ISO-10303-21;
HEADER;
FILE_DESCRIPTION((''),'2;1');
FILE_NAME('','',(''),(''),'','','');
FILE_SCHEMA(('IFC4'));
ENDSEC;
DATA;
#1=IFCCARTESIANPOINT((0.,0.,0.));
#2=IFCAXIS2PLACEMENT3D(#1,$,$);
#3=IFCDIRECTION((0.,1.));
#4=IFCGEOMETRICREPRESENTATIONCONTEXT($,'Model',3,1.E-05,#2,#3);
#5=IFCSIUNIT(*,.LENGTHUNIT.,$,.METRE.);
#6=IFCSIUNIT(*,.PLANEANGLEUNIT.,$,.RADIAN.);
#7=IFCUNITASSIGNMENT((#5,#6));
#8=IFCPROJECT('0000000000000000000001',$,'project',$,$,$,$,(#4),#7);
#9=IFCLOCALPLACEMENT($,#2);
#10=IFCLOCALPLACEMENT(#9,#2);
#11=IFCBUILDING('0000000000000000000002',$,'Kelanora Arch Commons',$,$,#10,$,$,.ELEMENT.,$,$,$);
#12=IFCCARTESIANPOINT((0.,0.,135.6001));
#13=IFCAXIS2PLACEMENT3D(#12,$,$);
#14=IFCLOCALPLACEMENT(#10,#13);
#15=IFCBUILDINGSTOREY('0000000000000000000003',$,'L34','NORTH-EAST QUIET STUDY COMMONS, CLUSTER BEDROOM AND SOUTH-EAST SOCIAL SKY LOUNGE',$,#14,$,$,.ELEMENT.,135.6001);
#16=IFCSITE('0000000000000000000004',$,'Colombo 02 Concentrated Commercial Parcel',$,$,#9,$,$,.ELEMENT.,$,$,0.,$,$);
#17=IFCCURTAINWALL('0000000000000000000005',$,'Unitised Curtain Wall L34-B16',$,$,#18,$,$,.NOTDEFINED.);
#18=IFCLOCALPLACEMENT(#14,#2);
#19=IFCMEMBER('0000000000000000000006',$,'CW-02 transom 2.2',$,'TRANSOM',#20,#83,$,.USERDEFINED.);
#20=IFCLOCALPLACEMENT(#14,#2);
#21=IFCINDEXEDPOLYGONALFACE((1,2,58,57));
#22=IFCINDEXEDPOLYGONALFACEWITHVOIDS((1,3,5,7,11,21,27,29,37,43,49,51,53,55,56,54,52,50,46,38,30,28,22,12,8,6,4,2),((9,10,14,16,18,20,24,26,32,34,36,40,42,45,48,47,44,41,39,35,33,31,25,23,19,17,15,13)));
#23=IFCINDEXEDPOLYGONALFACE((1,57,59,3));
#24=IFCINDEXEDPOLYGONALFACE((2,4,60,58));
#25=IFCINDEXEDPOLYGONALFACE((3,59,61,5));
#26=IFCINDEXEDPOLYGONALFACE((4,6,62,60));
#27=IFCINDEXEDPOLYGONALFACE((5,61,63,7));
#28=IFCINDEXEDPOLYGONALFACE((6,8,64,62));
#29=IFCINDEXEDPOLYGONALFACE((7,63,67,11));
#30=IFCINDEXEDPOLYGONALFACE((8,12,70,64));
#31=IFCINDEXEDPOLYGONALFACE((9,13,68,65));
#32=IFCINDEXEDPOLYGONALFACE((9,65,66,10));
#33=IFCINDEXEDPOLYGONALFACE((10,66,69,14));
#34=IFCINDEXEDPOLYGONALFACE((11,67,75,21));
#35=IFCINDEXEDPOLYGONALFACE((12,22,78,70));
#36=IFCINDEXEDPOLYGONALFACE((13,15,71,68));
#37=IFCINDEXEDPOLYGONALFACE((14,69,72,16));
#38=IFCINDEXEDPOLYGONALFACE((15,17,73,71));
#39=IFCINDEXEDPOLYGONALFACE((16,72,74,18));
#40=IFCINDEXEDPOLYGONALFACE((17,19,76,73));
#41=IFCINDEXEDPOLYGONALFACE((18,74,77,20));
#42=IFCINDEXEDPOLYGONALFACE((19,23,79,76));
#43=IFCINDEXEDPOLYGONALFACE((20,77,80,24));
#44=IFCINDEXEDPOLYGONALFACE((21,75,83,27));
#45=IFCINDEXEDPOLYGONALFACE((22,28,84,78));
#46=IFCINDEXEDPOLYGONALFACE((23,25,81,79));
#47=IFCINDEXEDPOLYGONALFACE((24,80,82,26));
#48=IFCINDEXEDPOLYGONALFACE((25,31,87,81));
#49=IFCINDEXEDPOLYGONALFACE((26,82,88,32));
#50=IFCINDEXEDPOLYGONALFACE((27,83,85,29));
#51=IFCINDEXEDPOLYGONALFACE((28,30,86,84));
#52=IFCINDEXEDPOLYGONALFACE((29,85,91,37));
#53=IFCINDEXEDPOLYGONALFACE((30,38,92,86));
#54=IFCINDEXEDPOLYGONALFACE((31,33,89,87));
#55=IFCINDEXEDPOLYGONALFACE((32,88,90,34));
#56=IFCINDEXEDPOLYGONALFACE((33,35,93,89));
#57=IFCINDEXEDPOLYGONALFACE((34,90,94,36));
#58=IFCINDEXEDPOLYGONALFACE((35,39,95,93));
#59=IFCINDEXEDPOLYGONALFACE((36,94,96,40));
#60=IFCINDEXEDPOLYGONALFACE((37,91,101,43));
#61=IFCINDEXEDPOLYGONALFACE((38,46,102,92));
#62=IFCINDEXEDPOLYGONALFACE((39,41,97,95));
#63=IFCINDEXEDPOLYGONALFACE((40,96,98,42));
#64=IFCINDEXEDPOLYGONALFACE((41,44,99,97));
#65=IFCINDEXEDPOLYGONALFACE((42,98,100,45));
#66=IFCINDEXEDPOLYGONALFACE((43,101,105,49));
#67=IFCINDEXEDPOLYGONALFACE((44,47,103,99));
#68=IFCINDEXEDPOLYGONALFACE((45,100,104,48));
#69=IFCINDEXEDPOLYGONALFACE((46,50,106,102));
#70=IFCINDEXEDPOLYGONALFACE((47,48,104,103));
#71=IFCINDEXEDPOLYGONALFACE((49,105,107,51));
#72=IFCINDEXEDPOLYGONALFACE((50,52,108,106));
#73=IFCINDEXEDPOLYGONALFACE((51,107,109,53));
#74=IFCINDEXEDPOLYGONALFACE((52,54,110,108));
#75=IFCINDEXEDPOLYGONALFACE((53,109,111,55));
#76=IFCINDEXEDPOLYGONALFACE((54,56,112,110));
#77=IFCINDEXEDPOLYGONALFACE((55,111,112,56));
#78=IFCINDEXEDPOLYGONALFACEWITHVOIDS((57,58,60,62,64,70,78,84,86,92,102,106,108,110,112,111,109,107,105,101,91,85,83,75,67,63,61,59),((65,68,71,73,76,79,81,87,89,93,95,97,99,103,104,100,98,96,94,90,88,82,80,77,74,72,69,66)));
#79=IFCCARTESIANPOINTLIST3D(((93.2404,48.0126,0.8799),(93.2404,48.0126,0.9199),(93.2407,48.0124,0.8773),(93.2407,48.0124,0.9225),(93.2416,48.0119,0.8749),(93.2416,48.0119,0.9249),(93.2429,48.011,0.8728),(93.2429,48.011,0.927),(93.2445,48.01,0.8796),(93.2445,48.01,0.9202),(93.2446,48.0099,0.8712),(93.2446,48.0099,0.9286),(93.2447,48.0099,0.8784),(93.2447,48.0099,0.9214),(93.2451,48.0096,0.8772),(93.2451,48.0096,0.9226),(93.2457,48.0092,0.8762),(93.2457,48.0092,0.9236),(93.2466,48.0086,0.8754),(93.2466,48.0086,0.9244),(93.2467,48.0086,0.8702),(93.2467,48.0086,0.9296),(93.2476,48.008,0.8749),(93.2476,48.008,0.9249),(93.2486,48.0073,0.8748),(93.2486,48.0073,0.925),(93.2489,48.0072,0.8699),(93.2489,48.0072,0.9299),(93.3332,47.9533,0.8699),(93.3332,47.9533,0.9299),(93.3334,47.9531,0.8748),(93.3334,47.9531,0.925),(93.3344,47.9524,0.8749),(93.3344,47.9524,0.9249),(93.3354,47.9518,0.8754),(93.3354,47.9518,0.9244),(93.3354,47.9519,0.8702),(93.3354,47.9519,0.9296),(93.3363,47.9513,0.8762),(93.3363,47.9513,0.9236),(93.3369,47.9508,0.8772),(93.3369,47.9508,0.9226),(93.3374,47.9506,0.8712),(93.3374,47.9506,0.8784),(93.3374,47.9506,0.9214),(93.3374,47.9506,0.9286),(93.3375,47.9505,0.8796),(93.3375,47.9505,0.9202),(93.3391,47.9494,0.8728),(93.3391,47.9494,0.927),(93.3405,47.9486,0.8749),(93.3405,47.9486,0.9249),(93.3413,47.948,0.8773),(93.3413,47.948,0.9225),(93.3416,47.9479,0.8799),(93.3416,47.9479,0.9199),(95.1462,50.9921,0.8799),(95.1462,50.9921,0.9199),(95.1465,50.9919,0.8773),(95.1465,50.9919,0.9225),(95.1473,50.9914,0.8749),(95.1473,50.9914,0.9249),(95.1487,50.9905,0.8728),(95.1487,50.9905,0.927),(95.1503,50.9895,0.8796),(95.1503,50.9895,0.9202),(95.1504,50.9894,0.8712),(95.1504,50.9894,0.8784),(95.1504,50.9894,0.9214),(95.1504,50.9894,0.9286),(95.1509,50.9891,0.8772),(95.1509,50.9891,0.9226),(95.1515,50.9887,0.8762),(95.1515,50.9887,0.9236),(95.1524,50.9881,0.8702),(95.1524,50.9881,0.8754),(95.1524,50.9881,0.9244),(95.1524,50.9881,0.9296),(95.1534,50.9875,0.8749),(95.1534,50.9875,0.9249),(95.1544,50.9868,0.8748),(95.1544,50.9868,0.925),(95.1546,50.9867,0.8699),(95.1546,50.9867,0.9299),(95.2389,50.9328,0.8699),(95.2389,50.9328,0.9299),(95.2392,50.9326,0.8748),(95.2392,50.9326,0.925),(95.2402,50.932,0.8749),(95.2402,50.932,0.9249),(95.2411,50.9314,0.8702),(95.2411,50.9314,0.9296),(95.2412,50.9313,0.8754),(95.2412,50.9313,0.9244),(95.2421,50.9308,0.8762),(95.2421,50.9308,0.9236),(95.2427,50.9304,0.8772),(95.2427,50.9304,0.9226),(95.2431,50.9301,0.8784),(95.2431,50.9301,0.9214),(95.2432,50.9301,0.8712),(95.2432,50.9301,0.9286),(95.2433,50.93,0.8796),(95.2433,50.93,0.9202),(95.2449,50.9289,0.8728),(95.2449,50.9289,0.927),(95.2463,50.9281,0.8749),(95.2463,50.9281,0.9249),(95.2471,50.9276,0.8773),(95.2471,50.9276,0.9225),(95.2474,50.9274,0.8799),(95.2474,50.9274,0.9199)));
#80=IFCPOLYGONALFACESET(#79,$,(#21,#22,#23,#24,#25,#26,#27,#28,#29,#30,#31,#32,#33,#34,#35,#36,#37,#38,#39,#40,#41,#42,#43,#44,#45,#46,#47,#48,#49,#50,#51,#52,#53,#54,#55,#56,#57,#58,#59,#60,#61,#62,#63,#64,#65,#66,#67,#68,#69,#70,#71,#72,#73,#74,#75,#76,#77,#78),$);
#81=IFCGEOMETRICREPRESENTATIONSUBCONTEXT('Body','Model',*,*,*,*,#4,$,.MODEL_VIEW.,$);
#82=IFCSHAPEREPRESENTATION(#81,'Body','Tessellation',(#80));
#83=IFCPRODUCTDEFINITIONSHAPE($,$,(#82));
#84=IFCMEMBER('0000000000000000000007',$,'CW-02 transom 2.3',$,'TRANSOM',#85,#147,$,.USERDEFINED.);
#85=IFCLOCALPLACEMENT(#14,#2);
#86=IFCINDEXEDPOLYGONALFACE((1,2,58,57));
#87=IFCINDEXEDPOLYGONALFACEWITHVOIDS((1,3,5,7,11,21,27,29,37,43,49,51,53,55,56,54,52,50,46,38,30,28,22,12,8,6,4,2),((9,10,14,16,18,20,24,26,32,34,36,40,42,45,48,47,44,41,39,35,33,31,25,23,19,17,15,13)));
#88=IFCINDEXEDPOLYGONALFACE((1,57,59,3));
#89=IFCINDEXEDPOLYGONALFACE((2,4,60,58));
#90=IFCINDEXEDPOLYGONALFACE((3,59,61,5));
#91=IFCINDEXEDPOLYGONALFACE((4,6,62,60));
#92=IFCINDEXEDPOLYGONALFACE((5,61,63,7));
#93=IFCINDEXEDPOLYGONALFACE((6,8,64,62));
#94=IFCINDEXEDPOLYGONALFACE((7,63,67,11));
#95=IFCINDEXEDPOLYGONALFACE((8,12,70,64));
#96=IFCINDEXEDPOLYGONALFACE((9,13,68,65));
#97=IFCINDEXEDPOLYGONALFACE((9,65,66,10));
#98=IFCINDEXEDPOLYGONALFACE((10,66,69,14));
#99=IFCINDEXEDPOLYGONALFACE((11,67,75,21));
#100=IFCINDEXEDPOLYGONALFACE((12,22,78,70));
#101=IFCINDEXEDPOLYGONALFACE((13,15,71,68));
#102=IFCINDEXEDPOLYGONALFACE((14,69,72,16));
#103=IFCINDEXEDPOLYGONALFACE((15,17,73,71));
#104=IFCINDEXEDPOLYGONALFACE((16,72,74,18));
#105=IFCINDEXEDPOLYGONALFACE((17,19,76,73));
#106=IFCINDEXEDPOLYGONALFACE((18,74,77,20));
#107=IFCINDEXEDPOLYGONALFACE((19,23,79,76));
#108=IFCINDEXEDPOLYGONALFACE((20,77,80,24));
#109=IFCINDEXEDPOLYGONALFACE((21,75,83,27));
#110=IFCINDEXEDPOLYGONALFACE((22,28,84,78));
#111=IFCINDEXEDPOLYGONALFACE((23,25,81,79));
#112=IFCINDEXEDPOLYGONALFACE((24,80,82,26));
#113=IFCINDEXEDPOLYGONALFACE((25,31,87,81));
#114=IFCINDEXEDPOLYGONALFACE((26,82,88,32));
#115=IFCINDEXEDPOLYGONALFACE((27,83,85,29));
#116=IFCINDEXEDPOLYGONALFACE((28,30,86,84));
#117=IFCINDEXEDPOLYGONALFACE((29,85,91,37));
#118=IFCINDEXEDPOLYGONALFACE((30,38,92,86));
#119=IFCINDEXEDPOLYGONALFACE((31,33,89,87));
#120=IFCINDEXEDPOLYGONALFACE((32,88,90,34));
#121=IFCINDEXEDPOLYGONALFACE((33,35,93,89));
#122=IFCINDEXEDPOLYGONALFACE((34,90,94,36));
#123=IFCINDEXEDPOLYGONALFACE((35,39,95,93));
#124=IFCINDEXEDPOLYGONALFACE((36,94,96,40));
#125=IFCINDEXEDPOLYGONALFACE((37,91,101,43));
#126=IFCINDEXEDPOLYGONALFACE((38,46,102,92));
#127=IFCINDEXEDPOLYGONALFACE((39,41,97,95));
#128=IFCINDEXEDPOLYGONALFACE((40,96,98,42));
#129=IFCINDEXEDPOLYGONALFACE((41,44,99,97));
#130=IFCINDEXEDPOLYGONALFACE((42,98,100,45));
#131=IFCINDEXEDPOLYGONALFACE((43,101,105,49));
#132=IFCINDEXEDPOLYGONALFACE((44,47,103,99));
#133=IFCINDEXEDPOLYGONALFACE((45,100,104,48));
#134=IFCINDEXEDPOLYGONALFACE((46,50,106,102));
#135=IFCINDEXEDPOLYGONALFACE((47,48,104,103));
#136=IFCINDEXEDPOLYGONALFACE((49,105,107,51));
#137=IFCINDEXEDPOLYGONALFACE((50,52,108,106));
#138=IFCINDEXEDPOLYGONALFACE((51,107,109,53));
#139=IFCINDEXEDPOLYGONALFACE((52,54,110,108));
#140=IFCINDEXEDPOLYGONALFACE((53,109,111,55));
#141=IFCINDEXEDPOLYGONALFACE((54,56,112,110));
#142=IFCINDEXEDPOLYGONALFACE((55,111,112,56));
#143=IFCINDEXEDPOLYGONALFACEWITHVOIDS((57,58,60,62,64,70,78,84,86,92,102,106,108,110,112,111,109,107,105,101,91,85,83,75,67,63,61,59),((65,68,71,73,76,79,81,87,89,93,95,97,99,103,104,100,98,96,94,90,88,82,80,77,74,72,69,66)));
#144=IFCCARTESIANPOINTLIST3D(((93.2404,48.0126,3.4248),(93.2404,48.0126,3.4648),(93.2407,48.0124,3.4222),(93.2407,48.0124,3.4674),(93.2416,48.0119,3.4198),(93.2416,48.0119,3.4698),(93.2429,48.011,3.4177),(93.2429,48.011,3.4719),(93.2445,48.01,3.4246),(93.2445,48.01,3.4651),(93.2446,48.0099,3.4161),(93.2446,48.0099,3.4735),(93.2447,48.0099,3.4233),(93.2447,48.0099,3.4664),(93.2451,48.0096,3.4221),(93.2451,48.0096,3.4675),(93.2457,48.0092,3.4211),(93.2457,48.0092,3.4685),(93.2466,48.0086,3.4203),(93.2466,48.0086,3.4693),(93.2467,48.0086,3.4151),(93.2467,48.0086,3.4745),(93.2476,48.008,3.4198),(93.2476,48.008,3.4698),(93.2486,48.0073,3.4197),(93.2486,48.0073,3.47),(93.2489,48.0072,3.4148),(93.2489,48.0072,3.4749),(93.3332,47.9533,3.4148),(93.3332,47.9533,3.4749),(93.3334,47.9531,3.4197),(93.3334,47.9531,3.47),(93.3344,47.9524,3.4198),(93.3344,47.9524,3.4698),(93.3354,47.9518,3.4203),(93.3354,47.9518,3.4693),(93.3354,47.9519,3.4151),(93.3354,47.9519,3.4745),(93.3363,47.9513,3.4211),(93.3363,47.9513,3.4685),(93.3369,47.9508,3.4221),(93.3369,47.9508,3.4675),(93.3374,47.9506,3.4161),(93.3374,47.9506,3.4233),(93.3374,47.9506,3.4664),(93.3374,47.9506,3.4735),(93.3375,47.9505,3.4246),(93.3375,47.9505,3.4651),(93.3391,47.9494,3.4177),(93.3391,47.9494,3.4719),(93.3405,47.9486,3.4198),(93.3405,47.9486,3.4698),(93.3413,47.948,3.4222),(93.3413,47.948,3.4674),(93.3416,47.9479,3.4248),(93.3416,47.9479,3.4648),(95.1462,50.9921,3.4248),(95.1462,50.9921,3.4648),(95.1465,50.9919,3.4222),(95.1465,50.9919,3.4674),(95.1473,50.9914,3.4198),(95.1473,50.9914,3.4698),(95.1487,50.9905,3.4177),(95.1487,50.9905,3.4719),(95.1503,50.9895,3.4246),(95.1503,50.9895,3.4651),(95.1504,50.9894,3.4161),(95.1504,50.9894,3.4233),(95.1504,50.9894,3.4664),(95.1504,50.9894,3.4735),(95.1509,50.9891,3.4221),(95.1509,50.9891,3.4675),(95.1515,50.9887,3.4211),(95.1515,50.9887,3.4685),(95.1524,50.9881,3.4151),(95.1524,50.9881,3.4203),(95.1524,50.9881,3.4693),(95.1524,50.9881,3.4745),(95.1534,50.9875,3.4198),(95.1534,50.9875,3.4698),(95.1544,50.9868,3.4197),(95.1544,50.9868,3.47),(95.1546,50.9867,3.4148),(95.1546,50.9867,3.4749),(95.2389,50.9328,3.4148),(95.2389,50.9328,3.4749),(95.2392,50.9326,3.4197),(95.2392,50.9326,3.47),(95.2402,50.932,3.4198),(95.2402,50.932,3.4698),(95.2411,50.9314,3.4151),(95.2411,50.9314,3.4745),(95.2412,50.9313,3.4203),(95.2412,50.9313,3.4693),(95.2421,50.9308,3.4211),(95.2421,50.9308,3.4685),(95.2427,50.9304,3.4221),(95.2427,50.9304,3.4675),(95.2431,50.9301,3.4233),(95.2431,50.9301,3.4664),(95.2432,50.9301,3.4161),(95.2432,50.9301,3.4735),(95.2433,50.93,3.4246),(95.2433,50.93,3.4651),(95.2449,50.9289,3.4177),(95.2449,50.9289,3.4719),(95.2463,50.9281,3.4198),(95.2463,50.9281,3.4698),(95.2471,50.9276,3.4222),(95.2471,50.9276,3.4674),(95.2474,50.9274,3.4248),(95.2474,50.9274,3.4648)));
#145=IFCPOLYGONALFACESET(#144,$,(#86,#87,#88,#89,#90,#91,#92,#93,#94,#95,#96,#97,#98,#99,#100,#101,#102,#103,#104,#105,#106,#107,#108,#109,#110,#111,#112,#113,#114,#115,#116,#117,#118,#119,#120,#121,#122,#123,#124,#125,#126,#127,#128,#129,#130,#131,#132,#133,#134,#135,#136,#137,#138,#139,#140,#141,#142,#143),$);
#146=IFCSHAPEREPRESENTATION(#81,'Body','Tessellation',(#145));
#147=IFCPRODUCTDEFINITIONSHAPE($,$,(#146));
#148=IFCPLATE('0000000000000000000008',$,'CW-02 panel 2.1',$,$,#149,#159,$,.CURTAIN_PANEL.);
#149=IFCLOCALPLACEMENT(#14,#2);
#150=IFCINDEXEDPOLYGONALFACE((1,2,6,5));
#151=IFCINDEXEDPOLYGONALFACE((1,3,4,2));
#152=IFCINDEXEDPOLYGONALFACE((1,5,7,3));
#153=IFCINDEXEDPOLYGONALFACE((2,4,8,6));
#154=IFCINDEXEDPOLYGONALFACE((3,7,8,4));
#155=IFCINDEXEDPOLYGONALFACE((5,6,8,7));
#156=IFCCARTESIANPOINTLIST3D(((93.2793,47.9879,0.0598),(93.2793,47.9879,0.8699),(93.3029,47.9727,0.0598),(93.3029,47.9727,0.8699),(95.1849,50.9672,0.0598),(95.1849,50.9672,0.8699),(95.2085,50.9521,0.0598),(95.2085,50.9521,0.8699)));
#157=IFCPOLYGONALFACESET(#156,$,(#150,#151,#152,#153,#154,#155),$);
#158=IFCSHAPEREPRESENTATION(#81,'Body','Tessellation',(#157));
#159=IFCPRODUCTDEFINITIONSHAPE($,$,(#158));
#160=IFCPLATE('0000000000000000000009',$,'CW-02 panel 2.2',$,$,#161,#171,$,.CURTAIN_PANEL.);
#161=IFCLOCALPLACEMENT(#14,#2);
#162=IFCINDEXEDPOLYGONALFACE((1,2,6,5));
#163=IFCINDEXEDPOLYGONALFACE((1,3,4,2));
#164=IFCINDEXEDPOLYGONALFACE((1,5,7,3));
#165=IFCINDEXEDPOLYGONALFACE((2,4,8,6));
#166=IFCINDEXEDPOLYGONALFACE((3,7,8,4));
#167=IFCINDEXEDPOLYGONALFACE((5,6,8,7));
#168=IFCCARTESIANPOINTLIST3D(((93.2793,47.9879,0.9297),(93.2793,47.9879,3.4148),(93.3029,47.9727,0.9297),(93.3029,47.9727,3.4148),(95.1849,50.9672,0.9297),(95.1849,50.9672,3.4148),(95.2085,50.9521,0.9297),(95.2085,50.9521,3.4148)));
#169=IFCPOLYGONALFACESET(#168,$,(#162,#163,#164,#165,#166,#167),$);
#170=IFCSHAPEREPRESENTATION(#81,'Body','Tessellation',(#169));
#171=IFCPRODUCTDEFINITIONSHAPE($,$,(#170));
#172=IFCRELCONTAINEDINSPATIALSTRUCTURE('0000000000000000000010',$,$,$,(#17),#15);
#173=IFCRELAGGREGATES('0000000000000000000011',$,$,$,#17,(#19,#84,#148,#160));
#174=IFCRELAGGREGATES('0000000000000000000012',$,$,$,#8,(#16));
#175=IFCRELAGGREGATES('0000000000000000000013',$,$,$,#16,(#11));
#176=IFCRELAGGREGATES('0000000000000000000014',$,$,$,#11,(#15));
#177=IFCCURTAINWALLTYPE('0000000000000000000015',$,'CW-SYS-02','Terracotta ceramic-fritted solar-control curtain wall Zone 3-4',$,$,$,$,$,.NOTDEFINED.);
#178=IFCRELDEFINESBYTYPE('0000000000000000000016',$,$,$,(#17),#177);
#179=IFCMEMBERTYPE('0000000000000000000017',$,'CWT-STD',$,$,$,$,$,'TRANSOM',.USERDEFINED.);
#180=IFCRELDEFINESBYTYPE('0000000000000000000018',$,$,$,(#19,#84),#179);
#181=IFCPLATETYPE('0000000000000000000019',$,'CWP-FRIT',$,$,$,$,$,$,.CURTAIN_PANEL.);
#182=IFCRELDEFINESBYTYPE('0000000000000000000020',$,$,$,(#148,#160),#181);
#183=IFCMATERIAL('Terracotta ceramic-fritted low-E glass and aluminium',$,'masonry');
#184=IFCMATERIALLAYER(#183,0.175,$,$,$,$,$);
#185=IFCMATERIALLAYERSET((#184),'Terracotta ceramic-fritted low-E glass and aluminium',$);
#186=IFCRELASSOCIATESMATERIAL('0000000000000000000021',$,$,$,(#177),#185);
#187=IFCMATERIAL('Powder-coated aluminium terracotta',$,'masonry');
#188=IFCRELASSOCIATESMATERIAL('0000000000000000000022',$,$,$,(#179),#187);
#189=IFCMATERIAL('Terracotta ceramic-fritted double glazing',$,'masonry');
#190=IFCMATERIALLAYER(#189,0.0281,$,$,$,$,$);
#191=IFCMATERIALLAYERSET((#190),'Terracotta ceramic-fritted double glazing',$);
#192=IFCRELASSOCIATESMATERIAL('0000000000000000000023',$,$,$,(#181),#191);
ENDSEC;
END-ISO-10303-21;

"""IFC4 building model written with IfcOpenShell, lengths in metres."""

from ifc_helpers import new_model, si_unit, direction, frame, origin, origin_2d, place, context, subcontext, project, spatial, rectangle, hollow_rectangle, extrude, source, transform, mapped, material, layer, layer_set, material_profile, profile_set, type_object, element, aggregate, save


model = new_model("IFC4")

# Units and contexts
model_context = context("Model", 3, precision=1e-05, world=origin(), true_north=direction((0.0, 1.0)))
body_context = subcontext(model_context, "Body", "Model", "MODEL_VIEW")
ifc_project = project(units=[si_unit("LENGTHUNIT", "METRE"), si_unit("PLANEANGLEUNIT", "RADIAN")], contexts=[model_context])

# Site, building, storey
site_placement = place(None, origin())
site = spatial("IfcSite", under=ifc_project, at=site_placement, Name="Colombo 02 Concentrated Commercial Parcel", CompositionType="ELEMENT", RefElevation=0.0)
building_placement = place(site_placement, origin())
building = spatial("IfcBuilding", under=site, at=building_placement, Name="Kelanora Arch Commons", CompositionType="ELEMENT")
storey_placement = place(building_placement, frame((0.0, 0.0, 135.6001)))
storey = spatial("IfcBuildingStorey", under=building, at=storey_placement, Name="L34", Description="NORTH-EAST QUIET STUDY COMMONS, CLUSTER BEDROOM AND SOUTH-EAST SOCIAL SKY LOUNGE", CompositionType="ELEMENT", Elevation=135.6001)

# Curtain wall, members, plates
ifc_material_1 = material(Name="Terracotta ceramic-fritted low-E glass and aluminium", Category="masonry")
ifc_layer_1 = layer(ifc_material_1, 0.175)
ifc_layer_set_1 = layer_set([ifc_layer_1], Name="Terracotta ceramic-fritted low-E glass and aluminium")
curtain_wall_type = type_object("IfcCurtainWallType", Name="CW-SYS-02", Description="Terracotta ceramic-fritted solar-control curtain wall Zone 3-4", PredefinedType="NOTDEFINED", material=ifc_layer_set_1)
curtain_wall_placement = place(storey_placement, origin())
curtain_wall = element("IfcCurtainWall", 1, at=curtain_wall_placement, inside=storey, type_object=curtain_wall_type, Name="Unitised Curtain Wall L34-B16", PredefinedType="NOTDEFINED")
ifc_material_2 = material(Name="Powder-coated aluminium terracotta", Category="masonry")
ifc_material_profile_1 = material_profile(ifc_material_2, hollow_rectangle(XDim=0.1201, YDim=0.0601, WallThickness=0.0049, InnerFilletRadius=0.0049, OuterFilletRadius=0.01, at=origin_2d()), Name="CWT120x60")
ifc_profile_set_1 = profile_set([ifc_material_profile_1], Name="Powder-coated aluminium terracotta")
member_type_1 = type_object("IfcMemberType", Name="CWT-STD", ElementType="TRANSOM", PredefinedType="USERDEFINED", material=ifc_profile_set_1)
member_1_placement = place(storey_placement, frame((93.291, 47.9802, 0.8999), z_axis=(0.53883, 0.842414, 0.0), x_axis=(-0.842414, 0.53883, 0.0)))
member_1 = element("IfcMember", 2, at=member_1_placement, type_object=member_type_1, Name="CW-02 transom 2.2", ObjectType="TRANSOM", PredefinedType="USERDEFINED", context=body_context, shape_type="SweptSolid", body=[
    extrude(hollow_rectangle(XDim=0.1201, YDim=0.0601, WallThickness=0.0049, InnerFilletRadius=0.0049, OuterFilletRadius=0.01, at=origin_2d()), origin(), (0.0, 0.0, 1.0), 3.5369),
])
member_2_placement = place(storey_placement, frame((93.291, 47.9802, 3.4448), z_axis=(0.53883, 0.842414, 0.0), x_axis=(-0.842414, 0.53883, 0.0)))
member_2 = element("IfcMember", 3, at=member_2_placement, type_object=member_type_1, Name="CW-02 transom 2.3", ObjectType="TRANSOM", PredefinedType="USERDEFINED", context=body_context, shape_type="SweptSolid", body=[
    extrude(hollow_rectangle(XDim=0.1201, YDim=0.0601, WallThickness=0.0049, InnerFilletRadius=0.0049, OuterFilletRadius=0.01, at=origin_2d()), origin(), (0.0, 0.0, 1.0), 3.5369),
])
ifc_material_3 = material(Name="Terracotta ceramic-fritted double glazing", Category="masonry")
ifc_layer_2 = layer(ifc_material_3, 0.0281)
ifc_layer_set_2 = layer_set([ifc_layer_2], Name="Terracotta ceramic-fritted double glazing")
plate_type = type_object("IfcPlateType", Name="CWP-FRIT", PredefinedType="CURTAIN_PANEL", material=ifc_layer_set_2)
shared_shape_1 = source(origin(), body_context, "Body", "SweptSolid", [
    extrude(rectangle(XDim=3.5366, YDim=0.0281, at=origin_2d()), origin(), (0.0, 0.0, 1.0), 0.8101),
])
plate_1_placement = place(storey_placement, frame((94.2439, 49.47, 0.0598), z_axis=(0.0, 0.0, 1.0), x_axis=(0.538817, 0.842423, 0.0)))
plate_1 = element("IfcPlate", 4, at=plate_1_placement, type_object=plate_type, Name="CW-02 panel 2.1", PredefinedType="CURTAIN_PANEL", context=body_context, shape_type="MappedRepresentation", body=[
    mapped(shared_shape_1, transform((0.0, 0.0, 0.0), scale=1.0)),
])
shared_shape_2 = source(origin(), body_context, "Body", "SweptSolid", [
    extrude(rectangle(XDim=3.5366, YDim=0.0281, at=origin_2d()), origin(), (0.0, 0.0, 1.0), 2.4851),
])
plate_2_placement = place(storey_placement, frame((94.2439, 49.47, 0.9297), z_axis=(0.0, 0.0, 1.0), x_axis=(0.538817, 0.842423, 0.0)))
plate_2 = element("IfcPlate", 5, at=plate_2_placement, type_object=plate_type, Name="CW-02 panel 2.2", PredefinedType="CURTAIN_PANEL", context=body_context, shape_type="MappedRepresentation", body=[
    mapped(shared_shape_2, transform((0.0, 0.0, 0.0), scale=1.0)),
])
aggregate(curtain_wall, [member_1, member_2, plate_1, plate_2])

save(model, "model.ifc")
